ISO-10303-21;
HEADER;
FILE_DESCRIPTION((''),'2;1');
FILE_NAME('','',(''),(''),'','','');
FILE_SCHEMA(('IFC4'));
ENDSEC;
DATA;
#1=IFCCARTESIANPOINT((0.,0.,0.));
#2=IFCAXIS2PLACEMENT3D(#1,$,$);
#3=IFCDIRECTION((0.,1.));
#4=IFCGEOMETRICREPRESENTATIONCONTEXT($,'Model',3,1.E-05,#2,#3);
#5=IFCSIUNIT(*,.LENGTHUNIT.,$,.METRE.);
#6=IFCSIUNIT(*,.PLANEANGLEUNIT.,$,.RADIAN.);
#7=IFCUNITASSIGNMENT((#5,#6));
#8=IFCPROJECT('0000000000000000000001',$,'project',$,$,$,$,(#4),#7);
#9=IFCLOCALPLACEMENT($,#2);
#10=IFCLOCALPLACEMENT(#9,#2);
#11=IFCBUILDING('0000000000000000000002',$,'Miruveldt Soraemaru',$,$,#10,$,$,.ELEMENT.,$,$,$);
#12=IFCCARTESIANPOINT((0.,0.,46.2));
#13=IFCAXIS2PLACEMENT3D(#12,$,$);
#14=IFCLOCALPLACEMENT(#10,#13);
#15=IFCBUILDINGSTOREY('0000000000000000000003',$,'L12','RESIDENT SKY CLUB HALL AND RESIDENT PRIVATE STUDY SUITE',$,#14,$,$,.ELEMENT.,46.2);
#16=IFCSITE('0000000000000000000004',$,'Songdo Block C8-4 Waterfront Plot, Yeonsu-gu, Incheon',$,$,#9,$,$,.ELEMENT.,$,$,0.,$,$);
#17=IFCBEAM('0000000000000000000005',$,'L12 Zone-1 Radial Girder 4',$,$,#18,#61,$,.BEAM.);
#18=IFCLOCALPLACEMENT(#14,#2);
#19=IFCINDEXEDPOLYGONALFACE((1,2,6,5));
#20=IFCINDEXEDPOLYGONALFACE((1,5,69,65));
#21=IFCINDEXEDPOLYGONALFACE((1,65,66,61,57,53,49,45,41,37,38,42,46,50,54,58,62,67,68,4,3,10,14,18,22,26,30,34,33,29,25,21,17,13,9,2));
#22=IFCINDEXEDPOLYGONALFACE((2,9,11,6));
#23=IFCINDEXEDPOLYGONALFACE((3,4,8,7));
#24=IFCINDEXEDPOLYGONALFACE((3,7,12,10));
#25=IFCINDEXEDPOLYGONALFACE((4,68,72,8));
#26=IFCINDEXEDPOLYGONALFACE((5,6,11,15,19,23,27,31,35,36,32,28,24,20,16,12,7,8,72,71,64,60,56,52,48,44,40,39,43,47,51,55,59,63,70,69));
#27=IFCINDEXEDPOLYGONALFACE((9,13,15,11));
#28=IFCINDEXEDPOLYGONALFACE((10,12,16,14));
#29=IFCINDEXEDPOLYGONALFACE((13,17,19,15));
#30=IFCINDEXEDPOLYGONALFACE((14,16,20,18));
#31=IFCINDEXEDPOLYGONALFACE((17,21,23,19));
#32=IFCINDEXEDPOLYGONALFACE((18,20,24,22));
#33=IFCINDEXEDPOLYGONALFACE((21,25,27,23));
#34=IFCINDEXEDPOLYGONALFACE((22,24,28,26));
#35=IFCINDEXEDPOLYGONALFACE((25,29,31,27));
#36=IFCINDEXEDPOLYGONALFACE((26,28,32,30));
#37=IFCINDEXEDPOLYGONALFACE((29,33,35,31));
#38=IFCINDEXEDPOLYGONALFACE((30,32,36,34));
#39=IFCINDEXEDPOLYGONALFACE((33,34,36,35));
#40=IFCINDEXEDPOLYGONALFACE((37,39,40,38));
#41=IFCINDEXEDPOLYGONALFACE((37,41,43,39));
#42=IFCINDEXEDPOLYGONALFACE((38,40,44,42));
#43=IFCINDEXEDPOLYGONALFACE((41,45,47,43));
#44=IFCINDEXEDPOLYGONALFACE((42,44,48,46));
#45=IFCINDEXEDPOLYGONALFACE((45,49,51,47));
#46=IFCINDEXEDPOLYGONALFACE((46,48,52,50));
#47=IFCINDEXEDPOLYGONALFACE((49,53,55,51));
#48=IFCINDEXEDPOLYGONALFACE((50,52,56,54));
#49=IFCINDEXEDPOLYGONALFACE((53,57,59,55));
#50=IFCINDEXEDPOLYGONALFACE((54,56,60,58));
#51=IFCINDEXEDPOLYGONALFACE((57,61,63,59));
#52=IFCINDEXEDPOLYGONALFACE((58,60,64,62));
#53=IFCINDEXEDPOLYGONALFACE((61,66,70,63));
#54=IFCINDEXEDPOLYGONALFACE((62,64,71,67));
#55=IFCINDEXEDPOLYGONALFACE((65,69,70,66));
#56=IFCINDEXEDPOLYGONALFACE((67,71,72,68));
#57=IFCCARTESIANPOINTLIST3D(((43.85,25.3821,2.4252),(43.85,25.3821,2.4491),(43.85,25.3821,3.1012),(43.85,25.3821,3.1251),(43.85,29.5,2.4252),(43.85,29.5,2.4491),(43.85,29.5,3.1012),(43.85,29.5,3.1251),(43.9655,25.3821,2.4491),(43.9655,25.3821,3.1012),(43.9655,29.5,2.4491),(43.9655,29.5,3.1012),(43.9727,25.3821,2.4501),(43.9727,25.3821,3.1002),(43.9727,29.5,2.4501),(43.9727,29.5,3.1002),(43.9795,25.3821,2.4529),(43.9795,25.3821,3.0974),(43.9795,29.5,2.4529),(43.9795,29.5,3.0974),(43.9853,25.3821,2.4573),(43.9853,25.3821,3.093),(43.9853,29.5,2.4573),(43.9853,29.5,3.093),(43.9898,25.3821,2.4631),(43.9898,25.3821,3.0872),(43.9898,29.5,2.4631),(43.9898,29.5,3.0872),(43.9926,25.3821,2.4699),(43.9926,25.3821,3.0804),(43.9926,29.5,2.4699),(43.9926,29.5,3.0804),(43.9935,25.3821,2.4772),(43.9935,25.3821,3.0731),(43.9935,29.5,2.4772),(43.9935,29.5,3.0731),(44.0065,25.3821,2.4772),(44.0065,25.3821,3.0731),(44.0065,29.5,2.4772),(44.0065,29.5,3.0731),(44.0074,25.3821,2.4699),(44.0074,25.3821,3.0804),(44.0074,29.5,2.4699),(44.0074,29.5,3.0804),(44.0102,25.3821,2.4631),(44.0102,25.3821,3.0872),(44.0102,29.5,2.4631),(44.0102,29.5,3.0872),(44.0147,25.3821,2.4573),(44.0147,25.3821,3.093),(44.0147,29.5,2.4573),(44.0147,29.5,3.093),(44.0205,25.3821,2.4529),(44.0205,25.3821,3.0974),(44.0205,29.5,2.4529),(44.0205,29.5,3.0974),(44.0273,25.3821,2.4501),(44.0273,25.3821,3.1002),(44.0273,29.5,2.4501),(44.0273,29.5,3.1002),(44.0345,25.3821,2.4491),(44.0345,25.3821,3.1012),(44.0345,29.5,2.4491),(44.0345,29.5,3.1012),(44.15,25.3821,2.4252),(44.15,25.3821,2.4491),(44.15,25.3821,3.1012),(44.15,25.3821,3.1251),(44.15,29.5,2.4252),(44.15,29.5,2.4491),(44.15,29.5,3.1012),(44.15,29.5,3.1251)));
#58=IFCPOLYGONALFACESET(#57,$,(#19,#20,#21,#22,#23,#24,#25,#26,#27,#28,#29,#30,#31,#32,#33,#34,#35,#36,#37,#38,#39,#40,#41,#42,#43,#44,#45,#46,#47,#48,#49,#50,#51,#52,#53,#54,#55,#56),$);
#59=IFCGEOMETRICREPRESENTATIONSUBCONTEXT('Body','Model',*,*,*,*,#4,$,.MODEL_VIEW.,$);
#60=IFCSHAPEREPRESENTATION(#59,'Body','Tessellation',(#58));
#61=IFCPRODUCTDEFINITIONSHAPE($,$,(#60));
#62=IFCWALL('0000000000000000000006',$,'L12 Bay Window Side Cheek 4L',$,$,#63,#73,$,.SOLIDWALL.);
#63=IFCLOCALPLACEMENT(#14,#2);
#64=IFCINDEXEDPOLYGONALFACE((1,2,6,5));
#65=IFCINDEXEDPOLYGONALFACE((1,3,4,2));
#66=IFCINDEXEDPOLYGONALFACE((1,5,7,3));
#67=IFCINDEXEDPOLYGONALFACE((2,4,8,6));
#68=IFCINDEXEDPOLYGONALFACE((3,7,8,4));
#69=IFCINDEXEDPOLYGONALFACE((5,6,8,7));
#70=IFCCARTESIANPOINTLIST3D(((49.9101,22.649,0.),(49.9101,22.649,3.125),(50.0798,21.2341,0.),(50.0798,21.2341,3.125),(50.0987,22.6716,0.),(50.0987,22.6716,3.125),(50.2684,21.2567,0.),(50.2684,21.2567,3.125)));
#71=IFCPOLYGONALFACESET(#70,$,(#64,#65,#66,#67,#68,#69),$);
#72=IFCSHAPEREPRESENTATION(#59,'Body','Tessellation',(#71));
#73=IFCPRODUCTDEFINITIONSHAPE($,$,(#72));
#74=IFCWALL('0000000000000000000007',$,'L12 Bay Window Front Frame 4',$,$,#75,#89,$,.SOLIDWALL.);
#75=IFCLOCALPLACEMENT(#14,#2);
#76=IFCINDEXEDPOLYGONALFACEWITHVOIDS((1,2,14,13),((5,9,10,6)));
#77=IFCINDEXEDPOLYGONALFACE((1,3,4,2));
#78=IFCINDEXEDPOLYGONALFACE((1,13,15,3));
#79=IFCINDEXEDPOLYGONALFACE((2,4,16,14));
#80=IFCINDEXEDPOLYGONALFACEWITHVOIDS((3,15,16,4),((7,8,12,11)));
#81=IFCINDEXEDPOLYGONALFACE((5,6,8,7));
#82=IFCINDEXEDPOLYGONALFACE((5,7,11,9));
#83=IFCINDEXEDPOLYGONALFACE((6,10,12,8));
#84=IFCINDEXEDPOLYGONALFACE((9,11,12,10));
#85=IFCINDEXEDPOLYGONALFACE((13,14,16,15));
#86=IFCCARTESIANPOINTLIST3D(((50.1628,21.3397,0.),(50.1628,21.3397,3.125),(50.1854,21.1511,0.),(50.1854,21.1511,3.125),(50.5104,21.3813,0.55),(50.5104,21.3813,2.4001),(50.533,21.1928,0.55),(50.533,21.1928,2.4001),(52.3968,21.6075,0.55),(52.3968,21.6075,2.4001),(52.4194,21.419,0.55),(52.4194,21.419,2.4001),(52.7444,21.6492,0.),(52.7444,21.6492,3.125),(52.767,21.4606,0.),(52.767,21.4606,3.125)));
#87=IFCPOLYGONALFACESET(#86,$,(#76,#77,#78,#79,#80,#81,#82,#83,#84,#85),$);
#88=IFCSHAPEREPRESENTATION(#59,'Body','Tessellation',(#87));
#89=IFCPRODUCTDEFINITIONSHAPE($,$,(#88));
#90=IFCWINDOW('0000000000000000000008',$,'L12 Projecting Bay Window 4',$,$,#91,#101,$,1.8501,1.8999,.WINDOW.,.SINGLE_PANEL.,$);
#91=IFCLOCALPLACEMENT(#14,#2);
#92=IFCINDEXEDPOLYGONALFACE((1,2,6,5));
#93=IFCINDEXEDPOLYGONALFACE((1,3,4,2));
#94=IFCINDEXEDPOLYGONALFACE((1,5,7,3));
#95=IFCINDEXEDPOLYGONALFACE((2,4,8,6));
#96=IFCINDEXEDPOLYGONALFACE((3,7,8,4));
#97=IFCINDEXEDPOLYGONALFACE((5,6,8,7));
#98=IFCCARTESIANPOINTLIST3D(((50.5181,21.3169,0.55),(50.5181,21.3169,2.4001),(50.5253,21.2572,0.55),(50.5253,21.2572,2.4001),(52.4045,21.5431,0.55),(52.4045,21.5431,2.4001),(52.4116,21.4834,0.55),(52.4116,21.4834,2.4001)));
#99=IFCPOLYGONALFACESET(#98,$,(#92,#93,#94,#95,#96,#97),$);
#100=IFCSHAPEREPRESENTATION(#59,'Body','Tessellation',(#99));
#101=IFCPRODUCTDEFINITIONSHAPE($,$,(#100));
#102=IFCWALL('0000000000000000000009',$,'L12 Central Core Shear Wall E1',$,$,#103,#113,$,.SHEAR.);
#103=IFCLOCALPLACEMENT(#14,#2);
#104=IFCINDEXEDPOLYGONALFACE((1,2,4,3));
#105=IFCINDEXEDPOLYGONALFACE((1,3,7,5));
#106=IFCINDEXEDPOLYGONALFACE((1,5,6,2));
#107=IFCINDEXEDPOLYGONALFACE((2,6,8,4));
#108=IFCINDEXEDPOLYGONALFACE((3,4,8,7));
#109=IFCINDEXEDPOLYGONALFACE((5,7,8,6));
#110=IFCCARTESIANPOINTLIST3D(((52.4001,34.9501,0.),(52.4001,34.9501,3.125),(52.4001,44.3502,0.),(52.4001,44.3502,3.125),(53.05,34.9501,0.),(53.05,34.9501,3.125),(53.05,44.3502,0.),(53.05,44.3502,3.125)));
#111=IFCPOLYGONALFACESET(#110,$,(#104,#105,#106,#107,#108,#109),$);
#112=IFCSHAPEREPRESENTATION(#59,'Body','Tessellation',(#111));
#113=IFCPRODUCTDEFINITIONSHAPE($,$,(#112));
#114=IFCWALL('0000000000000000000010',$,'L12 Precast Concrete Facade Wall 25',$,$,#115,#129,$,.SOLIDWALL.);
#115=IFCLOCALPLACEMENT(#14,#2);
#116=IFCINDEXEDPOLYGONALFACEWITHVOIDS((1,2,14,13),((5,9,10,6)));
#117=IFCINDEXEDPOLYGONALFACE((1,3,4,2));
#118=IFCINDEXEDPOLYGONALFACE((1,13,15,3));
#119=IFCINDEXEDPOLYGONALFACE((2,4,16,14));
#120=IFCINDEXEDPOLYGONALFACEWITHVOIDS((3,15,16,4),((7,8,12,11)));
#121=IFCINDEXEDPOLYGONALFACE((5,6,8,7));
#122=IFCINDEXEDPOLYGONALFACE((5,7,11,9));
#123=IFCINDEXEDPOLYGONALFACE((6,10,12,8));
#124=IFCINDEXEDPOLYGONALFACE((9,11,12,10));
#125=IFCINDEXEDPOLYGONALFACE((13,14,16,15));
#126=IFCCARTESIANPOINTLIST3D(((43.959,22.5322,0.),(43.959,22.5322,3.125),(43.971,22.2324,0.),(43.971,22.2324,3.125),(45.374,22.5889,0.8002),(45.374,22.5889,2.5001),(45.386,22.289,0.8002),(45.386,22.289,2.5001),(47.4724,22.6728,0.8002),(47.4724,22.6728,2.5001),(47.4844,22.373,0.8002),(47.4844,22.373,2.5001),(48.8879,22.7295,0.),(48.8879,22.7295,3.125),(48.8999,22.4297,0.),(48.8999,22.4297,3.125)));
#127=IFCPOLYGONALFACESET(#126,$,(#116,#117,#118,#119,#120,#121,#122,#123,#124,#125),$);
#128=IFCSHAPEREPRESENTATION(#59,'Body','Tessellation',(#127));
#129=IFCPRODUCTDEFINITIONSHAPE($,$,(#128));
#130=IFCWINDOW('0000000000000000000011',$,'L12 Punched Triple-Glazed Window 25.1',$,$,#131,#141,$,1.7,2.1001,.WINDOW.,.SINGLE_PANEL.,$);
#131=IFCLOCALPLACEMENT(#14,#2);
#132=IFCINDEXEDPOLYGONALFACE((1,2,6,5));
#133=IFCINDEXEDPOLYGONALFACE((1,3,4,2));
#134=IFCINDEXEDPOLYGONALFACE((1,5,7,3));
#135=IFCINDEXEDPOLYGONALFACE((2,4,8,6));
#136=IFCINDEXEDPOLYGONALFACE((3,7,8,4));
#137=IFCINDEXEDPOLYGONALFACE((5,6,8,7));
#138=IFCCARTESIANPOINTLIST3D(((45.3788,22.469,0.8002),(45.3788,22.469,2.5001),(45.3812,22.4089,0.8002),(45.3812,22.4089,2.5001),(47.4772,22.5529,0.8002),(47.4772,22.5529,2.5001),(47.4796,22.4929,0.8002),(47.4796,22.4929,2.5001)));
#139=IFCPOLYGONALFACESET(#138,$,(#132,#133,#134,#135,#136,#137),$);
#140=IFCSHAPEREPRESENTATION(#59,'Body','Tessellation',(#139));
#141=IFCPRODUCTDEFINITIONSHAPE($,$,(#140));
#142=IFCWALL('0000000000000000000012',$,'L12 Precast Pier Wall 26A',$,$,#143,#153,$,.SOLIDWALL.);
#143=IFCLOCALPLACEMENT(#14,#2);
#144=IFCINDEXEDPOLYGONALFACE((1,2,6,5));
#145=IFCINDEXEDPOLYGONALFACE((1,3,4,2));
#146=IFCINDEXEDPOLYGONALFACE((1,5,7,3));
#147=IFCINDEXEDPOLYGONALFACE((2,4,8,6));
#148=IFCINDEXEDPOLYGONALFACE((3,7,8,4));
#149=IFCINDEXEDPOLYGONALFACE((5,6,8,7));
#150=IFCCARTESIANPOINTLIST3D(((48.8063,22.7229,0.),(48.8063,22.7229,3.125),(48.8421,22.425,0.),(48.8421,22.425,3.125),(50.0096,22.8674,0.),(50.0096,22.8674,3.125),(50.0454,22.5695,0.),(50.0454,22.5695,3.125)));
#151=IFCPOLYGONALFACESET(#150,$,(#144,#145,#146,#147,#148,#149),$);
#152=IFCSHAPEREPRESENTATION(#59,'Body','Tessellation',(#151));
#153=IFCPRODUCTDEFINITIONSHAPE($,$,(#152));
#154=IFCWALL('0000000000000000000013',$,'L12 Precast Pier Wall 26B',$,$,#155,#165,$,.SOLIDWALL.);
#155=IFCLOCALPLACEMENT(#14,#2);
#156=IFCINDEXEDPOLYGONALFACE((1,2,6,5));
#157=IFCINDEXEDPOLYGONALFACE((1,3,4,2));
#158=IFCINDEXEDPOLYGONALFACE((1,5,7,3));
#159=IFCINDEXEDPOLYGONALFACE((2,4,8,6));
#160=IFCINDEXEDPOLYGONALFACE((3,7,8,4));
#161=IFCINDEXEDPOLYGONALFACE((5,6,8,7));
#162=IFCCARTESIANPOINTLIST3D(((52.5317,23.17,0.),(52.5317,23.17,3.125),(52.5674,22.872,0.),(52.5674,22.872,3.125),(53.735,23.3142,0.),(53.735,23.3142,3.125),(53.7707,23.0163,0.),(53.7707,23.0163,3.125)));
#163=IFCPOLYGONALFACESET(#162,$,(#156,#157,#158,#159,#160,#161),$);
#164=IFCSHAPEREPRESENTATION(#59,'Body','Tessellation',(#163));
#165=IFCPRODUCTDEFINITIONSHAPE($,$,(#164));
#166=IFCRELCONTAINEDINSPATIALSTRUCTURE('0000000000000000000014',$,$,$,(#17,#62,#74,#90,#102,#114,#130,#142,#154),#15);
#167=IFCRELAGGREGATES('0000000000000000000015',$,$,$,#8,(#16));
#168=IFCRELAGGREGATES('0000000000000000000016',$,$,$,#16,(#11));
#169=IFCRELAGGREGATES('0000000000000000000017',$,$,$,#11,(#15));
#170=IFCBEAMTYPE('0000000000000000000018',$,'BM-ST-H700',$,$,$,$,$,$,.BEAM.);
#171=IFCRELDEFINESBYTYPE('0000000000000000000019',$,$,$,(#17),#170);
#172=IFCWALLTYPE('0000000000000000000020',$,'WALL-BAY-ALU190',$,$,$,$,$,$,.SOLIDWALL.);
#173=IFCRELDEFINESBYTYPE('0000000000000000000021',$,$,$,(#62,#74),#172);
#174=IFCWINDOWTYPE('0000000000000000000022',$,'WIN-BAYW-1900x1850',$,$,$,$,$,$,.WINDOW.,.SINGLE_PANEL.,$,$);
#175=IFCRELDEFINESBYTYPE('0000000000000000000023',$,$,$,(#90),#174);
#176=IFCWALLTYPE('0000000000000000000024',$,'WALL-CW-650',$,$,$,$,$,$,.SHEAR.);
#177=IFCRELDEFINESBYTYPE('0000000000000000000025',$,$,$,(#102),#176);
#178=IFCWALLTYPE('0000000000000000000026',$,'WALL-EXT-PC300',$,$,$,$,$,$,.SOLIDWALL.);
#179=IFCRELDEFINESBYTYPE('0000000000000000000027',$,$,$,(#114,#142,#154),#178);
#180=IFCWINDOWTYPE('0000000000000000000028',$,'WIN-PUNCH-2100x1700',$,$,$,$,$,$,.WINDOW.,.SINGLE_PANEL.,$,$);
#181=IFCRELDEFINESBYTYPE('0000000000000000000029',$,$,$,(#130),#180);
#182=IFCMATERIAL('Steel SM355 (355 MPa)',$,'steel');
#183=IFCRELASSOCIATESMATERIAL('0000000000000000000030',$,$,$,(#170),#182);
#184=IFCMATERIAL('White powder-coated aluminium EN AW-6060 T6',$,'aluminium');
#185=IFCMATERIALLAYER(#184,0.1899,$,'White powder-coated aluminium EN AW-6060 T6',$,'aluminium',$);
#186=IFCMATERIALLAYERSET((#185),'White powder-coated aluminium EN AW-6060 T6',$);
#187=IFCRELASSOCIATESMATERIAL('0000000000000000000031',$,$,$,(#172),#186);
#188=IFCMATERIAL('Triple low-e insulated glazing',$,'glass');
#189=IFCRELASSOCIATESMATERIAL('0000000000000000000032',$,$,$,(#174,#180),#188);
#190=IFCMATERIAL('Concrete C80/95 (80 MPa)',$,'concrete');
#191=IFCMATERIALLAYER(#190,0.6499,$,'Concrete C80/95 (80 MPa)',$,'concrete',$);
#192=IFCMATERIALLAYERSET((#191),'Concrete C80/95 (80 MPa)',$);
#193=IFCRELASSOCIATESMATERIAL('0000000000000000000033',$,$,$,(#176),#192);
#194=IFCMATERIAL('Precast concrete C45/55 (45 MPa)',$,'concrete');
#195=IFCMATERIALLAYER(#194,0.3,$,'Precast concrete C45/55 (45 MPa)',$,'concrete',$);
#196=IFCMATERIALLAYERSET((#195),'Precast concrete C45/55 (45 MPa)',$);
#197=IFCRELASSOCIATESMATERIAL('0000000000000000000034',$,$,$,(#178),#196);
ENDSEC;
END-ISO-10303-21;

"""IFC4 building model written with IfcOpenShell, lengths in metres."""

from ifc_helpers import new_model, si_unit, direction, frame, frame_2d, origin, origin_2d, place, context, subcontext, project, spatial, rectangle, i_section, extrude, material, layer, layer_set, material_profile, profile_set, type_object, element, fill, save


model = new_model("IFC4")

# Units and contexts
model_context = context("Model", 3, precision=1e-05, world=origin(), true_north=direction((0.0, 1.0)))
body_context = subcontext(model_context, "Body", "Model", "MODEL_VIEW")
ifc_project = project(units=[si_unit("LENGTHUNIT", "METRE"), si_unit("PLANEANGLEUNIT", "RADIAN")], contexts=[model_context])

# Site, building, storey
site_placement = place(None, origin())
site = spatial("IfcSite", under=ifc_project, at=site_placement, Name="Songdo Block C8-4 Waterfront Plot, Yeonsu-gu, Incheon", CompositionType="ELEMENT", RefElevation=0.0)
building_placement = place(site_placement, origin())
building = spatial("IfcBuilding", under=site, at=building_placement, Name="Miruveldt Soraemaru", CompositionType="ELEMENT")
storey_placement = place(building_placement, frame((0.0, 0.0, 46.2)))
storey = spatial("IfcBuildingStorey", under=building, at=storey_placement, Name="L12", Description="RESIDENT SKY CLUB HALL AND RESIDENT PRIVATE STUDY SUITE", CompositionType="ELEMENT", Elevation=46.2)

# Shared definitions
ifc_material_1 = material(Name="Concrete C80/95 (80 MPa)", Category="concrete")

# Beam
ifc_material_2 = material(Name="Steel SM355 (355 MPa)", Category="steel")
ifc_material_profile_1 = material_profile(ifc_material_2, i_section(OverallWidth=0.3, OverallDepth=0.7, WebThickness=0.0129, FlangeThickness=0.0239, FilletRadius=0.0281, at=origin_2d()), Name="Steel SM355 (355 MPa)", Category="steel")
ifc_profile_set_1 = profile_set([ifc_material_profile_1], Name="Steel SM355 (355 MPa)")
beam_type_1 = type_object("IfcBeamType", Name="BM-ST-H700", PredefinedType="BEAM", material=ifc_profile_set_1)
beam_1_placement = place(storey_placement, frame((44.0, 29.5, 2.7751), z_axis=(0.0, -1.0, 0.0), x_axis=(1.0, 0.0, 0.0)))
element("IfcBeam", 1, at=beam_1_placement, inside=storey, type_object=beam_type_1, Name="L12 Zone-1 Radial Girder 4", PredefinedType="BEAM", context=body_context, shape_type="SweptSolid", body=[
    extrude(i_section(OverallWidth=0.3, OverallDepth=0.7, WebThickness=0.0129, FlangeThickness=0.0239, FilletRadius=0.0281, at=origin_2d()), origin(), (0.0, 0.0, 1.0), 4.1179),
])

# Wall
ifc_material_3 = material(Name="White powder-coated aluminium EN AW-6060 T6", Category="aluminium")
ifc_layer_1 = layer(ifc_material_3, 0.1899, Name="White powder-coated aluminium EN AW-6060 T6", Category="aluminium")
ifc_layer_set_1 = layer_set([ifc_layer_1], Name="White powder-coated aluminium EN AW-6060 T6")
wall_type_1 = type_object("IfcWallType", Name="WALL-BAY-ALU190", PredefinedType="SOLIDWALL", material=ifc_layer_set_1)
wall_1_placement = place(storey_placement, frame((50.0044, 22.6602, 0.0), z_axis=(0.0, 0.0, 1.0), x_axis=(0.119078, -0.992885, 0.0)))
element("IfcWall", 2, at=wall_1_placement, inside=storey, type_object=wall_type_1, Name="L12 Bay Window Side Cheek 4L", PredefinedType="SOLIDWALL", context=body_context, shape_type="SweptSolid", body=[
    extrude(rectangle(XDim=1.425, YDim=0.1899, at=frame_2d((0.7124, 0.0))), origin(), (0.0, 0.0, 1.0), 3.125),
])

# Wall, opening, window
wall_2_placement = place(storey_placement, frame((50.1741, 21.2454, 0.0), z_axis=(0.0, 0.0, 1.0), x_axis=(0.992887, 0.119064, 0.0)))
wall_2 = element("IfcWall", 3, at=wall_2_placement, inside=storey, type_object=wall_type_1, Name="L12 Bay Window Front Frame 4", PredefinedType="SOLIDWALL", context=body_context, shape_type="SweptSolid", body=[
    extrude(rectangle(XDim=2.6001, YDim=0.1899, at=frame_2d((1.3, 0.0))), origin(), (0.0, 0.0, 1.0), 3.125),
])
opening_1_placement = place(wall_2_placement, frame((0.3501, 0.0, 0.55)))
opening_1 = element("IfcOpeningElement", 4, at=opening_1_placement, cuts=wall_2, PredefinedType="OPENING", context=body_context, shape_type="SweptSolid", body=[
    extrude(rectangle(XDim=1.8999, YDim=1.8501, at=frame_2d((0.95, 0.925))), frame((0.0, 0.105, 0.0), z_axis=(0.0, -1.0, 0.0), x_axis=(1.0, 0.0, 0.0)), (0.0, 0.0, 1.0), 0.21),
])
ifc_material_4 = material(Name="Triple low-e insulated glazing", Category="glass")
window_type_1 = type_object("IfcWindowType", Name="WIN-BAYW-1900x1850", PartitioningType="SINGLE_PANEL", PredefinedType="WINDOW", material=ifc_material_4)
window_1_placement = place(opening_1_placement, origin())
window_1 = element("IfcWindow", 5, at=window_1_placement, inside=storey, type_object=window_type_1, Name="L12 Projecting Bay Window 4", OverallHeight=1.8501, OverallWidth=1.8999, PartitioningType="SINGLE_PANEL", PredefinedType="WINDOW", context=body_context, shape_type="SweptSolid", body=[
    extrude(rectangle(XDim=1.8999, YDim=1.8501, at=frame_2d((0.95, 0.925))), frame((0.0, 0.03, 0.0), z_axis=(0.0, -1.0, 0.0), x_axis=(1.0, 0.0, 0.0)), (0.0, 0.0, 1.0), 0.0601),
])
fill(opening_1, window_1)

# Wall
ifc_layer_2 = layer(ifc_material_1, 0.6499, Name="Concrete C80/95 (80 MPa)", Category="concrete")
ifc_layer_set_2 = layer_set([ifc_layer_2], Name="Concrete C80/95 (80 MPa)")
wall_type_2 = type_object("IfcWallType", Name="WALL-CW-650", PredefinedType="SHEAR", material=ifc_layer_set_2)
wall_3_placement = place(storey_placement, frame((52.7251, 34.95, 0.0), z_axis=(0.0, 0.0, 1.0), x_axis=(0.0, 1.0, 0.0)))
element("IfcWall", 6, at=wall_3_placement, inside=storey, type_object=wall_type_2, Name="L12 Central Core Shear Wall E1", PredefinedType="SHEAR", context=body_context, shape_type="SweptSolid", body=[
    extrude(rectangle(XDim=9.4001, YDim=0.6499, at=frame_2d((4.7002, 0.0))), origin(), (0.0, 0.0, 1.0), 3.125),
])

# Wall, opening, window
ifc_material_5 = material(Name="Precast concrete C45/55 (45 MPa)", Category="concrete")
ifc_layer_3 = layer(ifc_material_5, 0.3, Name="Precast concrete C45/55 (45 MPa)", Category="concrete")
ifc_layer_set_3 = layer_set([ifc_layer_3], Name="Precast concrete C45/55 (45 MPa)")
wall_type_3 = type_object("IfcWallType", Name="WALL-EXT-PC300", PredefinedType="SOLIDWALL", material=ifc_layer_set_3)
wall_4_placement = place(storey_placement, frame((43.9651, 22.3823, 0.0), z_axis=(0.0, 0.0, 1.0), x_axis=(0.9992, 0.03999, 0.0)))
wall_4 = element("IfcWall", 7, at=wall_4_placement, inside=storey, type_object=wall_type_3, Name="L12 Precast Concrete Facade Wall 25", PredefinedType="SOLIDWALL", context=body_context, shape_type="SweptSolid", body=[
    extrude(rectangle(XDim=4.9329, YDim=0.3, at=frame_2d((2.4663, 0.0))), origin(), (0.0, 0.0, 1.0), 3.125),
])
opening_2_placement = place(wall_4_placement, frame((1.416, 0.0, 0.8)))
opening_2 = element("IfcOpeningElement", 8, at=opening_2_placement, cuts=wall_4, PredefinedType="OPENING", context=body_context, shape_type="SweptSolid", body=[
    extrude(rectangle(XDim=2.1001, YDim=1.7, at=frame_2d((1.05, 0.8501))), frame((0.0, 0.1602, 0.0), z_axis=(0.0, -1.0, 0.0), x_axis=(1.0, 0.0, 0.0)), (0.0, 0.0, 1.0), 0.3201),
])
window_type_2 = type_object("IfcWindowType", Name="WIN-PUNCH-2100x1700", PartitioningType="SINGLE_PANEL", PredefinedType="WINDOW", material=ifc_material_4)
window_2_placement = place(opening_2_placement, origin())
window_2 = element("IfcWindow", 9, at=window_2_placement, inside=storey, type_object=window_type_2, Name="L12 Punched Triple-Glazed Window 25.1", OverallHeight=1.7, OverallWidth=2.1001, PartitioningType="SINGLE_PANEL", PredefinedType="WINDOW", context=body_context, shape_type="SweptSolid", body=[
    extrude(rectangle(XDim=2.1001, YDim=1.7, at=frame_2d((1.05, 0.8501))), frame((0.0, 0.03, 0.0), z_axis=(0.0, -1.0, 0.0), x_axis=(1.0, 0.0, 0.0)), (0.0, 0.0, 1.0), 0.0601),
])
fill(opening_2, window_2)

# Walls
for number, where, z_axis, x_axis, name in (
    (10, (48.8242, 22.574, 0.0), (0.0, 0.0, 1.0), (0.992864, 0.119248, 0.0), "L12 Precast Pier Wall 26A"),
    (11, (52.5496, 23.021, 0.0), (0.0, 0.0, 1.0), (0.992888, 0.11905, 0.0), "L12 Precast Pier Wall 26B"),
):
    element("IfcWall", number, at=place(storey_placement, frame(where, z_axis=z_axis, x_axis=x_axis)), inside=storey, type_object=wall_type_3, Name=name, PredefinedType="SOLIDWALL", context=body_context, shape_type="SweptSolid", body=[
        extrude(rectangle(XDim=1.2119, YDim=0.3, at=frame_2d((0.606, 0.0))), origin(), (0.0, 0.0, 1.0), 3.125),
    ])

save(model, "model.ifc")
